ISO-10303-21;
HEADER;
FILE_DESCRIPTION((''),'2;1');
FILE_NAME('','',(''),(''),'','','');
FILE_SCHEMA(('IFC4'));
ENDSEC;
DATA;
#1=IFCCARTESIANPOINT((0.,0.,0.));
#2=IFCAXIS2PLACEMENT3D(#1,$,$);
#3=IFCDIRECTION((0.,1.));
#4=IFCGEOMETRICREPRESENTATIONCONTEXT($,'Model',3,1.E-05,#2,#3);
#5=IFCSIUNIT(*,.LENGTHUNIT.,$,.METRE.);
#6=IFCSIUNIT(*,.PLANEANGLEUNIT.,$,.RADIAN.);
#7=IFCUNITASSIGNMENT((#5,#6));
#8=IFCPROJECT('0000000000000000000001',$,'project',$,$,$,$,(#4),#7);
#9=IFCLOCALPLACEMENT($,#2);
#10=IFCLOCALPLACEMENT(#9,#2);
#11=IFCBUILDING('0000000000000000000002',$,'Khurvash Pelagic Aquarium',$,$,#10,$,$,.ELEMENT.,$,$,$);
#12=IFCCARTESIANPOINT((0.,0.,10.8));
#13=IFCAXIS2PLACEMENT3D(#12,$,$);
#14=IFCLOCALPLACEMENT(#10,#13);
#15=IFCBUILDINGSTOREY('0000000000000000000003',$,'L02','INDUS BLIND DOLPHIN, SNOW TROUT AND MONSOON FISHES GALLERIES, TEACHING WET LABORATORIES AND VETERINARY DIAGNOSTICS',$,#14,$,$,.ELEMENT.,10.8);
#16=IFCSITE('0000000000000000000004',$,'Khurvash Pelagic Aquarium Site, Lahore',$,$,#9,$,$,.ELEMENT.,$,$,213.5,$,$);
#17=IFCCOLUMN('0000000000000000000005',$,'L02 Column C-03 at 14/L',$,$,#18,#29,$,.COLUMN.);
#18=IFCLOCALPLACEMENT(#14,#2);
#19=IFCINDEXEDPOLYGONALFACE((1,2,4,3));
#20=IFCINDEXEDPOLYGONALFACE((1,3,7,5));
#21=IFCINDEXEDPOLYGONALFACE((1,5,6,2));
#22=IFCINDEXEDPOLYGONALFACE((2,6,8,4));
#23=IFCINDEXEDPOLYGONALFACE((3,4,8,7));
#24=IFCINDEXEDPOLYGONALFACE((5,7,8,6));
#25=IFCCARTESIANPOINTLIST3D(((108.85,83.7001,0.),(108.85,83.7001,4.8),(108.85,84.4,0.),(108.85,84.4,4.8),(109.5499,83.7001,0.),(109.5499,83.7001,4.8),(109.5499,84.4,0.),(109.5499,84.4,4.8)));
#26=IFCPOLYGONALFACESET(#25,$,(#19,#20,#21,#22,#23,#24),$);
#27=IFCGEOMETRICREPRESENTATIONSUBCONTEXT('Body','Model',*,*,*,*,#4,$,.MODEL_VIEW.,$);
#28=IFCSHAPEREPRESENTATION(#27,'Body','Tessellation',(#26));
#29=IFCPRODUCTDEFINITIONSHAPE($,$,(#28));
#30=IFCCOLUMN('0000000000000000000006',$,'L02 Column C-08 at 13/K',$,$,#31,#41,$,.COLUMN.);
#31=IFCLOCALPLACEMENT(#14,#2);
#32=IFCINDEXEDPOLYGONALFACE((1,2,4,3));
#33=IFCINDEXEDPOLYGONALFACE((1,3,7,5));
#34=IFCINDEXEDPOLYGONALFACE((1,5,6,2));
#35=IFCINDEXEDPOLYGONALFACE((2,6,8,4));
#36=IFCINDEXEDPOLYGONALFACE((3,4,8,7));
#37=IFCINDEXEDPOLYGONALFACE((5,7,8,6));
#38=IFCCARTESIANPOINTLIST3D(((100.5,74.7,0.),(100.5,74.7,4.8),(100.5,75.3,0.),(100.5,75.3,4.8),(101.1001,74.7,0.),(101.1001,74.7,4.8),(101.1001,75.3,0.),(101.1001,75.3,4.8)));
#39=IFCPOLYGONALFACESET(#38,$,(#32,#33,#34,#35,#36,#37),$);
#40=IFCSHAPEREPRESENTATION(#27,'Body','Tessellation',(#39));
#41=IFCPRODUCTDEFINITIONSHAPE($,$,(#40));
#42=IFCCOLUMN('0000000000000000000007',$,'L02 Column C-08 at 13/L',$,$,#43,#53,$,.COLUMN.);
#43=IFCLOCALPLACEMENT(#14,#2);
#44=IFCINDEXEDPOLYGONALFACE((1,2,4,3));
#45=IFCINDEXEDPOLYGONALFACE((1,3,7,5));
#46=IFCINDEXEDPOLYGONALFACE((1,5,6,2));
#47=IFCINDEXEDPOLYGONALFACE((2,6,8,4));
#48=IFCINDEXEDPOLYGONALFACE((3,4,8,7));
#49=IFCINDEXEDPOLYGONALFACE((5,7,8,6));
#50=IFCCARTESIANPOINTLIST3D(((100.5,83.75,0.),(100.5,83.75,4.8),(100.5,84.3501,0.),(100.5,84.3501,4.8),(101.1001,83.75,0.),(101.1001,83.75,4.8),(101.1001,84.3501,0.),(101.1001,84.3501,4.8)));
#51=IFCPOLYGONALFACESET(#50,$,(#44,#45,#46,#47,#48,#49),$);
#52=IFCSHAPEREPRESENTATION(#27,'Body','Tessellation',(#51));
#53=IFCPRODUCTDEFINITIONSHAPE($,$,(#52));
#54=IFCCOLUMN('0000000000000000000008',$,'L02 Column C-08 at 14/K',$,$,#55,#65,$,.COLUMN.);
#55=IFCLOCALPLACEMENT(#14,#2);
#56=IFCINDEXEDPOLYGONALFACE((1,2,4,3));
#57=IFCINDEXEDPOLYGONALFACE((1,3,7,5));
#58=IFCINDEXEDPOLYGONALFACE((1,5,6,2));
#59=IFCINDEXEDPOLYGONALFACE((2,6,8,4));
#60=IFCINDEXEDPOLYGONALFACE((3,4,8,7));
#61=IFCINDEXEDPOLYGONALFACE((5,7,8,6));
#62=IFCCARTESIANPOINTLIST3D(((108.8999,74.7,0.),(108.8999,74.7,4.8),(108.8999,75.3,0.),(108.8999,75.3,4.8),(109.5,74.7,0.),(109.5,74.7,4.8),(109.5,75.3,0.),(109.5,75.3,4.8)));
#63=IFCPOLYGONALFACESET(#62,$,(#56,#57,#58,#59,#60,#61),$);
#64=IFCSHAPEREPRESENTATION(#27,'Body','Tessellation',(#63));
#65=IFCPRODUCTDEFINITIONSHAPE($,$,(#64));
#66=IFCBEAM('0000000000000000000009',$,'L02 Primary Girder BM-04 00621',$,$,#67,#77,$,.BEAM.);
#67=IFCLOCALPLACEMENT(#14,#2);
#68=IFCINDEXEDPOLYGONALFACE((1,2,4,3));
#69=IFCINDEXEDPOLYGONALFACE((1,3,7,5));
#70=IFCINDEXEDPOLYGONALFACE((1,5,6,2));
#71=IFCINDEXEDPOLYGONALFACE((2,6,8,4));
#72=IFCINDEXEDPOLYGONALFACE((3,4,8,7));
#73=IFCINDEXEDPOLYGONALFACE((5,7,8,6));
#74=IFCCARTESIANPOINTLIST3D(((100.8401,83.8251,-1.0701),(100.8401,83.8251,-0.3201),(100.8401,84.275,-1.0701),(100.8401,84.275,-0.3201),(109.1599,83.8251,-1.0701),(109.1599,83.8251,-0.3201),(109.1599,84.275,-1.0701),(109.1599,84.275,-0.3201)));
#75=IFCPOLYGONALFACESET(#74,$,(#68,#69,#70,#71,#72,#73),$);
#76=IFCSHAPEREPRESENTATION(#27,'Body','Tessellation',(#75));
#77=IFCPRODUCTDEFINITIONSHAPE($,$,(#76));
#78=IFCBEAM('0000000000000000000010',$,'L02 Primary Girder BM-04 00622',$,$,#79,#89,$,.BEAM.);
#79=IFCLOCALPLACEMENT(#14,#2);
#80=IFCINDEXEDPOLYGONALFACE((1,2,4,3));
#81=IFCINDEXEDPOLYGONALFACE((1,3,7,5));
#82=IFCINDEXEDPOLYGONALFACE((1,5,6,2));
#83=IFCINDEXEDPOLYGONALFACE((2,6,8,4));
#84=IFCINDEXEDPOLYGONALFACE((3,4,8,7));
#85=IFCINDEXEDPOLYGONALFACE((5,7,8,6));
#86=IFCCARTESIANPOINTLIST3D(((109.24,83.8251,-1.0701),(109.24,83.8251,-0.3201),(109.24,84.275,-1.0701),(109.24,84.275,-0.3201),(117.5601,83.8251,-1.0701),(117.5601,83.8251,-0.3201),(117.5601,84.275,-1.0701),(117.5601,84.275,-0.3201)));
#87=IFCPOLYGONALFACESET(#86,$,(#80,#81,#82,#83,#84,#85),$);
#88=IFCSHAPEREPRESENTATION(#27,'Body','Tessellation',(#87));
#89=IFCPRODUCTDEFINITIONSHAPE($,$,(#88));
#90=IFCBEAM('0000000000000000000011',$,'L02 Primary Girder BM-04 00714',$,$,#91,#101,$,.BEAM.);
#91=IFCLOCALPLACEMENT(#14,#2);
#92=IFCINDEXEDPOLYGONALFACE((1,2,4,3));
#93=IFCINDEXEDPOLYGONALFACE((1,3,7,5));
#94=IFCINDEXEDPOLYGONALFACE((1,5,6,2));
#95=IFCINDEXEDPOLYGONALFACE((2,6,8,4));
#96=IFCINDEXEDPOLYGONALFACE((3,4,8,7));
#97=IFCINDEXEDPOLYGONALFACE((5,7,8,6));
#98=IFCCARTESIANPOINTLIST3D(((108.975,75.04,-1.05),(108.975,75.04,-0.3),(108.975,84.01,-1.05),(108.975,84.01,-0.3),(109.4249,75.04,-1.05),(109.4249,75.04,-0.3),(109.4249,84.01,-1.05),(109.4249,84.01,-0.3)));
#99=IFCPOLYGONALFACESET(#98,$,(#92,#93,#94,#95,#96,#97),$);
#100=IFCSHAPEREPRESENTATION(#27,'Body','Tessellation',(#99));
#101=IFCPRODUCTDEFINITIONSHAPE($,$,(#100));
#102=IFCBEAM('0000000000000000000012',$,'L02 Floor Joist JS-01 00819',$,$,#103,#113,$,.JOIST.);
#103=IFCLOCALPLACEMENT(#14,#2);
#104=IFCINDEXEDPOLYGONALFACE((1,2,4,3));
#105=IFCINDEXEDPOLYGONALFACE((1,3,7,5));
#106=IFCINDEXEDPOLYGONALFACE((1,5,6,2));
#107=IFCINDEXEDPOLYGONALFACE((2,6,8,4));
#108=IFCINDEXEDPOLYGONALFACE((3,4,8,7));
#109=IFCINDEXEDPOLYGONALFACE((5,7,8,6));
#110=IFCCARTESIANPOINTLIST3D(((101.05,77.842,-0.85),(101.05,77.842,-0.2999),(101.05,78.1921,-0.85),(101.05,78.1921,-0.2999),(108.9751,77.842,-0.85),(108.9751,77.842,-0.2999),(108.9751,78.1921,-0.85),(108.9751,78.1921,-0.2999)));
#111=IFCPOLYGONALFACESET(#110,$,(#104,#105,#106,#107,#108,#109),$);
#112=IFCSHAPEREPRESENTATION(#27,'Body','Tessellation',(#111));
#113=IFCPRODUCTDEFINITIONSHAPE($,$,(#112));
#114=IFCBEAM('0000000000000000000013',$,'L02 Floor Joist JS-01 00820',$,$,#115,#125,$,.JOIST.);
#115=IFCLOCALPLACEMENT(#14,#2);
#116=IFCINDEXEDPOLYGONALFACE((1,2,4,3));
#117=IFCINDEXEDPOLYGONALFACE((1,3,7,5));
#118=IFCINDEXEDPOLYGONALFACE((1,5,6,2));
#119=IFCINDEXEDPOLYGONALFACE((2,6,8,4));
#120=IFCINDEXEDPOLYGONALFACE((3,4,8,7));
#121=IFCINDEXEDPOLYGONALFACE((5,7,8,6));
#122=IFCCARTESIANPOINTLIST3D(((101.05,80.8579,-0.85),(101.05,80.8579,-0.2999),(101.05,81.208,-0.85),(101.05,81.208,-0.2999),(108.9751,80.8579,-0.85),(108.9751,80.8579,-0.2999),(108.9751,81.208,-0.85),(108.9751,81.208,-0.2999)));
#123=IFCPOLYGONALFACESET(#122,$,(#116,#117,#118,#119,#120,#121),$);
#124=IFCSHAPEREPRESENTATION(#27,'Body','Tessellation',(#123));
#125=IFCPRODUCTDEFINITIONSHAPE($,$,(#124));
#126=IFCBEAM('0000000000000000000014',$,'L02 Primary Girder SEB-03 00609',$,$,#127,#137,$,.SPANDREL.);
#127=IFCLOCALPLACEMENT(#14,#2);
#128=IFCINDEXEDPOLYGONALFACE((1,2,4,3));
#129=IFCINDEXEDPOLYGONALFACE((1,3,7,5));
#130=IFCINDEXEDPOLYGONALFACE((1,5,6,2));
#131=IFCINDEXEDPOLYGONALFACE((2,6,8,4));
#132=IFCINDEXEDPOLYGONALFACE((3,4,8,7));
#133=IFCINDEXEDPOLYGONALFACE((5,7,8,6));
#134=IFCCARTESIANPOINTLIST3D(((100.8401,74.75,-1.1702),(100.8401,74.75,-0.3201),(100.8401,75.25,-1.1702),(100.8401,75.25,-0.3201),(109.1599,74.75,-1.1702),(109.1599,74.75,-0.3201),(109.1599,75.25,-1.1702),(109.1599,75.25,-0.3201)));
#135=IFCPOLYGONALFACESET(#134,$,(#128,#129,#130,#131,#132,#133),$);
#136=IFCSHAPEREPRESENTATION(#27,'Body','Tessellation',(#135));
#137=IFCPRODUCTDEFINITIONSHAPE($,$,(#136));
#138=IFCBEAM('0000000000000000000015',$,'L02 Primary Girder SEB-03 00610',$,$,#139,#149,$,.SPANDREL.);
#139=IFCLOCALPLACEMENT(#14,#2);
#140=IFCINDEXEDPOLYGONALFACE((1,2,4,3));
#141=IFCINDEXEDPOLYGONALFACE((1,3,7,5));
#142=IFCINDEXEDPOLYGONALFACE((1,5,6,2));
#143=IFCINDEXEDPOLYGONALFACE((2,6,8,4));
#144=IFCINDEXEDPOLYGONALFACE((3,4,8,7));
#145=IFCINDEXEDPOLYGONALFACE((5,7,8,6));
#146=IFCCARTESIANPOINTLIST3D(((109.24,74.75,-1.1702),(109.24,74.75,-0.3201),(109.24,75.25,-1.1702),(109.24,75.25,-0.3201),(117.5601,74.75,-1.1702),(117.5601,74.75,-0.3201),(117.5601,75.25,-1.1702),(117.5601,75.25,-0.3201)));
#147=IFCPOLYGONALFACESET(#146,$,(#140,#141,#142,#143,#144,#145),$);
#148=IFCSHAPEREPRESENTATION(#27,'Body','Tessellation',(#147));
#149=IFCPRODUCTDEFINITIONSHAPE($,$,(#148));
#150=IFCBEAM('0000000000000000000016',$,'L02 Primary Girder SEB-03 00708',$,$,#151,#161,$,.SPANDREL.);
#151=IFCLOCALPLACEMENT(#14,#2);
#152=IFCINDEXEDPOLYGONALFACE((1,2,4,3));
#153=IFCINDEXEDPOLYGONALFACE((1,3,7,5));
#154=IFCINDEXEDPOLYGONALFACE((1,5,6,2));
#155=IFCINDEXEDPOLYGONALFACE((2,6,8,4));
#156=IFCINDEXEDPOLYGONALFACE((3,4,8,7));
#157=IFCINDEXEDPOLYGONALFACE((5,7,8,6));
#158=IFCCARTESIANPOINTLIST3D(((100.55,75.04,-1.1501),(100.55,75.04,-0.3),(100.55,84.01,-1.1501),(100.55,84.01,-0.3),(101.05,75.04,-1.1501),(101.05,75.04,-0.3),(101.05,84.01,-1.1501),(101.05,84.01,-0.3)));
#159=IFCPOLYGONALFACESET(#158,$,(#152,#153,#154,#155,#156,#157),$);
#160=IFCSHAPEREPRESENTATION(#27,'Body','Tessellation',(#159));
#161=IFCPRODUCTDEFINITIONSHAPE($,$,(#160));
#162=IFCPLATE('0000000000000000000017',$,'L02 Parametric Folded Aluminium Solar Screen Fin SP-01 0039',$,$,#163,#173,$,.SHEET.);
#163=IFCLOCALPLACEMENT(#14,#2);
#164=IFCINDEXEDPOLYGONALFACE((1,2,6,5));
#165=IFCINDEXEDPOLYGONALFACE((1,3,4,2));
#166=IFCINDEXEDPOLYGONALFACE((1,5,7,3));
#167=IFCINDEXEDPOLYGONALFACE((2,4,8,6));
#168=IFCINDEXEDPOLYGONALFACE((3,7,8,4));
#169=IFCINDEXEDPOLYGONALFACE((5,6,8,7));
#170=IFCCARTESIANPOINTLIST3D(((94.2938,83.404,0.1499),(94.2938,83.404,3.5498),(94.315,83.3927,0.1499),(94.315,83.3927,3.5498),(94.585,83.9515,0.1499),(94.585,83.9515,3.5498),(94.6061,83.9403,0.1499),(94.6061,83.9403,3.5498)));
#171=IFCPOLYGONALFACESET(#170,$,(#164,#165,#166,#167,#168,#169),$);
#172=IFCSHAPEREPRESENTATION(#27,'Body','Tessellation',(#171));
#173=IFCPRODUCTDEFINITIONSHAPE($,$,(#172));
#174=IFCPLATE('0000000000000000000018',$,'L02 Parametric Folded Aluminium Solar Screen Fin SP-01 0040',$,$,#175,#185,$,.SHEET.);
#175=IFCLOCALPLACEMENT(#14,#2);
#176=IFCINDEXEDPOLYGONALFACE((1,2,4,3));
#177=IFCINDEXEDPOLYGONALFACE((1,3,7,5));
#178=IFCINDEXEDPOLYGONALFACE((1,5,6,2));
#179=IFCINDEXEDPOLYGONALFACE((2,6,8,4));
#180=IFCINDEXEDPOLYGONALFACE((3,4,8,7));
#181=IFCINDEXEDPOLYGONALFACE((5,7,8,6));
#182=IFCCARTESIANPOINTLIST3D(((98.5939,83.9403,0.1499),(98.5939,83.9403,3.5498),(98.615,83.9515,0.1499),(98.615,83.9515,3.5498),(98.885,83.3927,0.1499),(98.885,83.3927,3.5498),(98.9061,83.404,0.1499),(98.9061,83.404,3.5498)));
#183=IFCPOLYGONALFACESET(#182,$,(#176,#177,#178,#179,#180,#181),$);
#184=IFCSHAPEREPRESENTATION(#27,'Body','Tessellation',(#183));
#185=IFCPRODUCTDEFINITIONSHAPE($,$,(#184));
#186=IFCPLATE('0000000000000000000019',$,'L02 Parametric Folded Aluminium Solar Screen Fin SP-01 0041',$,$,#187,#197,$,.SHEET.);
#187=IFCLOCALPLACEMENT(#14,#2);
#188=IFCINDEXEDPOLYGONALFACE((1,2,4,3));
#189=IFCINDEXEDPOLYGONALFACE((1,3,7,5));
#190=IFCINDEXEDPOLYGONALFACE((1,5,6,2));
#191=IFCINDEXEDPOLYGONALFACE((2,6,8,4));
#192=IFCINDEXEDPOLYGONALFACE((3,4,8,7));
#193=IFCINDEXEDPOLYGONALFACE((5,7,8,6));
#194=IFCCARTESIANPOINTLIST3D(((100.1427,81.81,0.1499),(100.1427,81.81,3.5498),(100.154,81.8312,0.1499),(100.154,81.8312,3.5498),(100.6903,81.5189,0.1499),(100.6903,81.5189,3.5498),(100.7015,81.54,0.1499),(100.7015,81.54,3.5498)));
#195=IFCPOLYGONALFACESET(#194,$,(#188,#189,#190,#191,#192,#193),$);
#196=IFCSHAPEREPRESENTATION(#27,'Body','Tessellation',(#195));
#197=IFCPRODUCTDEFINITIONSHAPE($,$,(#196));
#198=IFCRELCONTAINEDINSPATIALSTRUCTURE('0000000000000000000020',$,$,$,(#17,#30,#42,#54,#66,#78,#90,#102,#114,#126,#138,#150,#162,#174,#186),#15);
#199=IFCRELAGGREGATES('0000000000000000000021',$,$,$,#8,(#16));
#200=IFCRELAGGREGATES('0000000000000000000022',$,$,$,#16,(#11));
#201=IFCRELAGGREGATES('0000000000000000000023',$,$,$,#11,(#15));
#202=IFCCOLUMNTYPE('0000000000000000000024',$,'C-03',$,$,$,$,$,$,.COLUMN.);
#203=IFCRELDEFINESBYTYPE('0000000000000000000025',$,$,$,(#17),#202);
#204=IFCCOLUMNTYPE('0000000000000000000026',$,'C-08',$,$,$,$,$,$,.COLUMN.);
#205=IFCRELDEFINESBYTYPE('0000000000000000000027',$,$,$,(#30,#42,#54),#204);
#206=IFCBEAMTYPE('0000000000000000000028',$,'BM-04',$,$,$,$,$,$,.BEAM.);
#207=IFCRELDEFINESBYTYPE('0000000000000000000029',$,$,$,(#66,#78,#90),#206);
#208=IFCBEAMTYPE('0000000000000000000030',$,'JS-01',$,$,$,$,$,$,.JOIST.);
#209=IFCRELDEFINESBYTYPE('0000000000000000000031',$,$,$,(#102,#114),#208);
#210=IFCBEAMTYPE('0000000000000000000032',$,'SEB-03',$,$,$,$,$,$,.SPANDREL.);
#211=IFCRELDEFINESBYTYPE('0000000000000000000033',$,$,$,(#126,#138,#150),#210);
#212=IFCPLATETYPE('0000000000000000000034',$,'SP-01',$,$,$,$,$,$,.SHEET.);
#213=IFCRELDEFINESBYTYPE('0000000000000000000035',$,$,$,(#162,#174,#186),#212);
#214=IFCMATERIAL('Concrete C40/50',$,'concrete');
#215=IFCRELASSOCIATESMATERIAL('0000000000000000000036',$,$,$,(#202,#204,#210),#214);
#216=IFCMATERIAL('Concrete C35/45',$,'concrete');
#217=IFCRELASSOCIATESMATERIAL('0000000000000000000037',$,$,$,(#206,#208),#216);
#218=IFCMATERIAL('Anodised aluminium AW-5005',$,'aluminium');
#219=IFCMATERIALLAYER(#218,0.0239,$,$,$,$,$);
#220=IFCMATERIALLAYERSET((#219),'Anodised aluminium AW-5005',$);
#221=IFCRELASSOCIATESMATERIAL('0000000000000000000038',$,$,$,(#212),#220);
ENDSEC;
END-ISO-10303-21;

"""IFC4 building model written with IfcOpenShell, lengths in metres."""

from ifc_helpers import new_model, si_unit, direction, frame, origin, origin_2d, place, context, subcontext, project, spatial, rectangle, extrude, material, layer, layer_set, material_profile, profile_set, type_object, element, save


model = new_model("IFC4")

# Units and contexts
model_context = context("Model", 3, precision=1e-05, world=origin(), true_north=direction((0.0, 1.0)))
body_context = subcontext(model_context, "Body", "Model", "MODEL_VIEW")
ifc_project = project(units=[si_unit("LENGTHUNIT", "METRE"), si_unit("PLANEANGLEUNIT", "RADIAN")], contexts=[model_context])

# Site, building, storey
site_placement = place(None, origin())
site = spatial("IfcSite", under=ifc_project, at=site_placement, Name="Khurvash Pelagic Aquarium Site, Lahore", CompositionType="ELEMENT", RefElevation=213.5)
building_placement = place(site_placement, origin())
building = spatial("IfcBuilding", under=site, at=building_placement, Name="Khurvash Pelagic Aquarium", CompositionType="ELEMENT")
storey_placement = place(building_placement, frame((0.0, 0.0, 10.8)))
storey = spatial("IfcBuildingStorey", under=building, at=storey_placement, Name="L02", Description="INDUS BLIND DOLPHIN, SNOW TROUT AND MONSOON FISHES GALLERIES, TEACHING WET LABORATORIES AND VETERINARY DIAGNOSTICS", CompositionType="ELEMENT", Elevation=10.8)

# Columns
ifc_material_1 = material(Name="Concrete C40/50", Category="concrete")
ifc_material_profile_1 = material_profile(ifc_material_1, rectangle(XDim=0.7, YDim=0.7, at=origin_2d()), Name="RC700X700")
ifc_profile_set_1 = profile_set([ifc_material_profile_1], Name="Concrete C40/50")
column_type_1 = type_object("IfcColumnType", Name="C-03", PredefinedType="COLUMN", material=ifc_profile_set_1)
column_placement = place(storey_placement, frame((109.2, 84.05, 0.0), z_axis=(0.0, 0.0, 1.0), x_axis=(1.0, 0.0, 0.0)))
element("IfcColumn", 1, at=column_placement, inside=storey, type_object=column_type_1, Name="L02 Column C-03 at 14/L", PredefinedType="COLUMN", context=body_context, shape_type="SweptSolid", body=[
    extrude(rectangle(XDim=0.7, YDim=0.7, at=origin_2d()), origin(), (0.0, 0.0, 1.0), 4.8),
])
ifc_material_profile_2 = material_profile(ifc_material_1, rectangle(XDim=0.6001, YDim=0.6001, at=origin_2d()), Name="RC600X600")
ifc_profile_set_2 = profile_set([ifc_material_profile_2], Name="Concrete C40/50")
column_type_2 = type_object("IfcColumnType", Name="C-08", PredefinedType="COLUMN", material=ifc_profile_set_2)
for number, where, z_axis, x_axis, name in (
    (2, (100.8, 75.0, 0.0), (0.0, 0.0, 1.0), (1.0, 0.0, 0.0), "L02 Column C-08 at 13/K"),
    (3, (100.8, 84.05, 0.0), (0.0, 0.0, 1.0), (1.0, 0.0, 0.0), "L02 Column C-08 at 13/L"),
    (4, (109.2, 75.0, 0.0), (0.0, 0.0, 1.0), (1.0, 0.0, 0.0), "L02 Column C-08 at 14/K"),
):
    element("IfcColumn", number, at=place(storey_placement, frame(where, z_axis=z_axis, x_axis=x_axis)), inside=storey, type_object=column_type_2, Name=name, PredefinedType="COLUMN", context=body_context, shape_type="SweptSolid", body=[
        extrude(rectangle(XDim=0.6001, YDim=0.6001, at=origin_2d()), origin(), (0.0, 0.0, 1.0), 4.8),
    ])

# Beams
ifc_material_2 = material(Name="Concrete C35/45", Category="concrete")
ifc_material_profile_3 = material_profile(ifc_material_2, rectangle(XDim=0.45, YDim=0.75, at=origin_2d()), Name="RC450X750")
ifc_profile_set_3 = profile_set([ifc_material_profile_3], Name="Concrete C35/45")
beam_type_1 = type_object("IfcBeamType", Name="BM-04", PredefinedType="BEAM", material=ifc_profile_set_3)
beam_1_placement = place(storey_placement, frame((100.8401, 84.05, -0.6951), z_axis=(1.0, 0.0, 0.0), x_axis=(0.0, 1.0, 0.0)))
element("IfcBeam", 5, at=beam_1_placement, inside=storey, type_object=beam_type_1, Name="L02 Primary Girder BM-04 00621", PredefinedType="BEAM", context=body_context, shape_type="SweptSolid", body=[
    extrude(rectangle(XDim=0.45, YDim=0.75, at=origin_2d()), origin(), (0.0, 0.0, 1.0), 8.3198),
])
beam_2_placement = place(storey_placement, frame((109.24, 84.05, -0.6951), z_axis=(1.0, 0.0, 0.0), x_axis=(0.0, 1.0, 0.0)))
element("IfcBeam", 6, at=beam_2_placement, inside=storey, type_object=beam_type_1, Name="L02 Primary Girder BM-04 00622", PredefinedType="BEAM", context=body_context, shape_type="SweptSolid", body=[
    extrude(rectangle(XDim=0.45, YDim=0.75, at=origin_2d()), origin(), (0.0, 0.0, 1.0), 8.3201),
])
beam_3_placement = place(storey_placement, frame((109.2, 75.04, -0.675), z_axis=(0.0, 1.0, 0.0), x_axis=(-1.0, 0.0, 0.0)))
element("IfcBeam", 7, at=beam_3_placement, inside=storey, type_object=beam_type_1, Name="L02 Primary Girder BM-04 00714", PredefinedType="BEAM", context=body_context, shape_type="SweptSolid", body=[
    extrude(rectangle(XDim=0.45, YDim=0.75, at=origin_2d()), origin(), (0.0, 0.0, 1.0), 8.97),
])
ifc_material_profile_4 = material_profile(ifc_material_2, rectangle(XDim=0.3501, YDim=0.55, at=origin_2d()), Name="RC350X550")
ifc_profile_set_4 = profile_set([ifc_material_profile_4], Name="Concrete C35/45")
beam_type_2 = type_object("IfcBeamType", Name="JS-01", PredefinedType="JOIST", material=ifc_profile_set_4)
for number, where, z_axis, x_axis, name in (
    (8, (101.05, 78.0171, -0.575), (1.0, 0.0, 0.0), (0.0, 1.0, 0.0), "L02 Floor Joist JS-01 00819"),
    (9, (101.05, 81.033, -0.575), (1.0, 0.0, 0.0), (0.0, 1.0, 0.0), "L02 Floor Joist JS-01 00820"),
):
    element("IfcBeam", number, at=place(storey_placement, frame(where, z_axis=z_axis, x_axis=x_axis)), inside=storey, type_object=beam_type_2, Name=name, PredefinedType="JOIST", context=body_context, shape_type="SweptSolid", body=[
        extrude(rectangle(XDim=0.3501, YDim=0.55, at=origin_2d()), origin(), (0.0, 0.0, 1.0), 7.925),
    ])
ifc_material_profile_5 = material_profile(ifc_material_1, rectangle(XDim=0.5, YDim=0.8501, at=origin_2d()), Name="RC500X850")
ifc_profile_set_5 = profile_set([ifc_material_profile_5], Name="Concrete C40/50")
beam_type_3 = type_object("IfcBeamType", Name="SEB-03", PredefinedType="SPANDREL", material=ifc_profile_set_5)
beam_4_placement = place(storey_placement, frame((100.8401, 75.0, -0.7451), z_axis=(1.0, 0.0, 0.0), x_axis=(0.0, 1.0, 0.0)))
element("IfcBeam", 10, at=beam_4_placement, inside=storey, type_object=beam_type_3, Name="L02 Primary Girder SEB-03 00609", PredefinedType="SPANDREL", context=body_context, shape_type="SweptSolid", body=[
    extrude(rectangle(XDim=0.5, YDim=0.8501, at=origin_2d()), origin(), (0.0, 0.0, 1.0), 8.3198),
])
beam_5_placement = place(storey_placement, frame((109.24, 75.0, -0.7451), z_axis=(1.0, 0.0, 0.0), x_axis=(0.0, 1.0, 0.0)))
element("IfcBeam", 11, at=beam_5_placement, inside=storey, type_object=beam_type_3, Name="L02 Primary Girder SEB-03 00610", PredefinedType="SPANDREL", context=body_context, shape_type="SweptSolid", body=[
    extrude(rectangle(XDim=0.5, YDim=0.8501, at=origin_2d()), origin(), (0.0, 0.0, 1.0), 8.3201),
])
beam_6_placement = place(storey_placement, frame((100.8, 75.04, -0.7251), z_axis=(0.0, 1.0, 0.0), x_axis=(-1.0, 0.0, 0.0)))
element("IfcBeam", 12, at=beam_6_placement, inside=storey, type_object=beam_type_3, Name="L02 Primary Girder SEB-03 00708", PredefinedType="SPANDREL", context=body_context, shape_type="SweptSolid", body=[
    extrude(rectangle(XDim=0.5, YDim=0.8501, at=origin_2d()), origin(), (0.0, 0.0, 1.0), 8.97),
])

# Plates
ifc_material_3 = material(Name="Anodised aluminium AW-5005", Category="aluminium")
ifc_layer_1 = layer(ifc_material_3, 0.0239)
ifc_layer_set_1 = layer_set([ifc_layer_1], Name="Anodised aluminium AW-5005")
plate_type = type_object("IfcPlateType", Name="SP-01", PredefinedType="SHEET", material=ifc_layer_set_1)
for number, where, z_axis, x_axis, name in (
    (13, (94.45, 83.6721, 0.1499), (0.0, 0.0, 1.0), (-0.469472, -0.882948, 0.0), "L02 Parametric Folded Aluminium Solar Screen Fin SP-01 0039"),
    (14, (98.75, 83.6721, 0.1499), (0.0, 0.0, 1.0), (0.469472, -0.882948, 0.0), "L02 Parametric Folded Aluminium Solar Screen Fin SP-01 0040"),
    (15, (100.4221, 81.675, 0.1499), (0.0, 0.0, 1.0), (-0.882948, 0.469472, 0.0), "L02 Parametric Folded Aluminium Solar Screen Fin SP-01 0041"),
):
    element("IfcPlate", number, at=place(storey_placement, frame(where, z_axis=z_axis, x_axis=x_axis)), inside=storey, type_object=plate_type, Name=name, PredefinedType="SHEET", context=body_context, shape_type="SweptSolid", body=[
        extrude(rectangle(XDim=0.6201, YDim=0.0239, at=origin_2d()), origin(), (0.0, 0.0, 1.0), 3.3999),
    ])

save(model, "model.ifc")
